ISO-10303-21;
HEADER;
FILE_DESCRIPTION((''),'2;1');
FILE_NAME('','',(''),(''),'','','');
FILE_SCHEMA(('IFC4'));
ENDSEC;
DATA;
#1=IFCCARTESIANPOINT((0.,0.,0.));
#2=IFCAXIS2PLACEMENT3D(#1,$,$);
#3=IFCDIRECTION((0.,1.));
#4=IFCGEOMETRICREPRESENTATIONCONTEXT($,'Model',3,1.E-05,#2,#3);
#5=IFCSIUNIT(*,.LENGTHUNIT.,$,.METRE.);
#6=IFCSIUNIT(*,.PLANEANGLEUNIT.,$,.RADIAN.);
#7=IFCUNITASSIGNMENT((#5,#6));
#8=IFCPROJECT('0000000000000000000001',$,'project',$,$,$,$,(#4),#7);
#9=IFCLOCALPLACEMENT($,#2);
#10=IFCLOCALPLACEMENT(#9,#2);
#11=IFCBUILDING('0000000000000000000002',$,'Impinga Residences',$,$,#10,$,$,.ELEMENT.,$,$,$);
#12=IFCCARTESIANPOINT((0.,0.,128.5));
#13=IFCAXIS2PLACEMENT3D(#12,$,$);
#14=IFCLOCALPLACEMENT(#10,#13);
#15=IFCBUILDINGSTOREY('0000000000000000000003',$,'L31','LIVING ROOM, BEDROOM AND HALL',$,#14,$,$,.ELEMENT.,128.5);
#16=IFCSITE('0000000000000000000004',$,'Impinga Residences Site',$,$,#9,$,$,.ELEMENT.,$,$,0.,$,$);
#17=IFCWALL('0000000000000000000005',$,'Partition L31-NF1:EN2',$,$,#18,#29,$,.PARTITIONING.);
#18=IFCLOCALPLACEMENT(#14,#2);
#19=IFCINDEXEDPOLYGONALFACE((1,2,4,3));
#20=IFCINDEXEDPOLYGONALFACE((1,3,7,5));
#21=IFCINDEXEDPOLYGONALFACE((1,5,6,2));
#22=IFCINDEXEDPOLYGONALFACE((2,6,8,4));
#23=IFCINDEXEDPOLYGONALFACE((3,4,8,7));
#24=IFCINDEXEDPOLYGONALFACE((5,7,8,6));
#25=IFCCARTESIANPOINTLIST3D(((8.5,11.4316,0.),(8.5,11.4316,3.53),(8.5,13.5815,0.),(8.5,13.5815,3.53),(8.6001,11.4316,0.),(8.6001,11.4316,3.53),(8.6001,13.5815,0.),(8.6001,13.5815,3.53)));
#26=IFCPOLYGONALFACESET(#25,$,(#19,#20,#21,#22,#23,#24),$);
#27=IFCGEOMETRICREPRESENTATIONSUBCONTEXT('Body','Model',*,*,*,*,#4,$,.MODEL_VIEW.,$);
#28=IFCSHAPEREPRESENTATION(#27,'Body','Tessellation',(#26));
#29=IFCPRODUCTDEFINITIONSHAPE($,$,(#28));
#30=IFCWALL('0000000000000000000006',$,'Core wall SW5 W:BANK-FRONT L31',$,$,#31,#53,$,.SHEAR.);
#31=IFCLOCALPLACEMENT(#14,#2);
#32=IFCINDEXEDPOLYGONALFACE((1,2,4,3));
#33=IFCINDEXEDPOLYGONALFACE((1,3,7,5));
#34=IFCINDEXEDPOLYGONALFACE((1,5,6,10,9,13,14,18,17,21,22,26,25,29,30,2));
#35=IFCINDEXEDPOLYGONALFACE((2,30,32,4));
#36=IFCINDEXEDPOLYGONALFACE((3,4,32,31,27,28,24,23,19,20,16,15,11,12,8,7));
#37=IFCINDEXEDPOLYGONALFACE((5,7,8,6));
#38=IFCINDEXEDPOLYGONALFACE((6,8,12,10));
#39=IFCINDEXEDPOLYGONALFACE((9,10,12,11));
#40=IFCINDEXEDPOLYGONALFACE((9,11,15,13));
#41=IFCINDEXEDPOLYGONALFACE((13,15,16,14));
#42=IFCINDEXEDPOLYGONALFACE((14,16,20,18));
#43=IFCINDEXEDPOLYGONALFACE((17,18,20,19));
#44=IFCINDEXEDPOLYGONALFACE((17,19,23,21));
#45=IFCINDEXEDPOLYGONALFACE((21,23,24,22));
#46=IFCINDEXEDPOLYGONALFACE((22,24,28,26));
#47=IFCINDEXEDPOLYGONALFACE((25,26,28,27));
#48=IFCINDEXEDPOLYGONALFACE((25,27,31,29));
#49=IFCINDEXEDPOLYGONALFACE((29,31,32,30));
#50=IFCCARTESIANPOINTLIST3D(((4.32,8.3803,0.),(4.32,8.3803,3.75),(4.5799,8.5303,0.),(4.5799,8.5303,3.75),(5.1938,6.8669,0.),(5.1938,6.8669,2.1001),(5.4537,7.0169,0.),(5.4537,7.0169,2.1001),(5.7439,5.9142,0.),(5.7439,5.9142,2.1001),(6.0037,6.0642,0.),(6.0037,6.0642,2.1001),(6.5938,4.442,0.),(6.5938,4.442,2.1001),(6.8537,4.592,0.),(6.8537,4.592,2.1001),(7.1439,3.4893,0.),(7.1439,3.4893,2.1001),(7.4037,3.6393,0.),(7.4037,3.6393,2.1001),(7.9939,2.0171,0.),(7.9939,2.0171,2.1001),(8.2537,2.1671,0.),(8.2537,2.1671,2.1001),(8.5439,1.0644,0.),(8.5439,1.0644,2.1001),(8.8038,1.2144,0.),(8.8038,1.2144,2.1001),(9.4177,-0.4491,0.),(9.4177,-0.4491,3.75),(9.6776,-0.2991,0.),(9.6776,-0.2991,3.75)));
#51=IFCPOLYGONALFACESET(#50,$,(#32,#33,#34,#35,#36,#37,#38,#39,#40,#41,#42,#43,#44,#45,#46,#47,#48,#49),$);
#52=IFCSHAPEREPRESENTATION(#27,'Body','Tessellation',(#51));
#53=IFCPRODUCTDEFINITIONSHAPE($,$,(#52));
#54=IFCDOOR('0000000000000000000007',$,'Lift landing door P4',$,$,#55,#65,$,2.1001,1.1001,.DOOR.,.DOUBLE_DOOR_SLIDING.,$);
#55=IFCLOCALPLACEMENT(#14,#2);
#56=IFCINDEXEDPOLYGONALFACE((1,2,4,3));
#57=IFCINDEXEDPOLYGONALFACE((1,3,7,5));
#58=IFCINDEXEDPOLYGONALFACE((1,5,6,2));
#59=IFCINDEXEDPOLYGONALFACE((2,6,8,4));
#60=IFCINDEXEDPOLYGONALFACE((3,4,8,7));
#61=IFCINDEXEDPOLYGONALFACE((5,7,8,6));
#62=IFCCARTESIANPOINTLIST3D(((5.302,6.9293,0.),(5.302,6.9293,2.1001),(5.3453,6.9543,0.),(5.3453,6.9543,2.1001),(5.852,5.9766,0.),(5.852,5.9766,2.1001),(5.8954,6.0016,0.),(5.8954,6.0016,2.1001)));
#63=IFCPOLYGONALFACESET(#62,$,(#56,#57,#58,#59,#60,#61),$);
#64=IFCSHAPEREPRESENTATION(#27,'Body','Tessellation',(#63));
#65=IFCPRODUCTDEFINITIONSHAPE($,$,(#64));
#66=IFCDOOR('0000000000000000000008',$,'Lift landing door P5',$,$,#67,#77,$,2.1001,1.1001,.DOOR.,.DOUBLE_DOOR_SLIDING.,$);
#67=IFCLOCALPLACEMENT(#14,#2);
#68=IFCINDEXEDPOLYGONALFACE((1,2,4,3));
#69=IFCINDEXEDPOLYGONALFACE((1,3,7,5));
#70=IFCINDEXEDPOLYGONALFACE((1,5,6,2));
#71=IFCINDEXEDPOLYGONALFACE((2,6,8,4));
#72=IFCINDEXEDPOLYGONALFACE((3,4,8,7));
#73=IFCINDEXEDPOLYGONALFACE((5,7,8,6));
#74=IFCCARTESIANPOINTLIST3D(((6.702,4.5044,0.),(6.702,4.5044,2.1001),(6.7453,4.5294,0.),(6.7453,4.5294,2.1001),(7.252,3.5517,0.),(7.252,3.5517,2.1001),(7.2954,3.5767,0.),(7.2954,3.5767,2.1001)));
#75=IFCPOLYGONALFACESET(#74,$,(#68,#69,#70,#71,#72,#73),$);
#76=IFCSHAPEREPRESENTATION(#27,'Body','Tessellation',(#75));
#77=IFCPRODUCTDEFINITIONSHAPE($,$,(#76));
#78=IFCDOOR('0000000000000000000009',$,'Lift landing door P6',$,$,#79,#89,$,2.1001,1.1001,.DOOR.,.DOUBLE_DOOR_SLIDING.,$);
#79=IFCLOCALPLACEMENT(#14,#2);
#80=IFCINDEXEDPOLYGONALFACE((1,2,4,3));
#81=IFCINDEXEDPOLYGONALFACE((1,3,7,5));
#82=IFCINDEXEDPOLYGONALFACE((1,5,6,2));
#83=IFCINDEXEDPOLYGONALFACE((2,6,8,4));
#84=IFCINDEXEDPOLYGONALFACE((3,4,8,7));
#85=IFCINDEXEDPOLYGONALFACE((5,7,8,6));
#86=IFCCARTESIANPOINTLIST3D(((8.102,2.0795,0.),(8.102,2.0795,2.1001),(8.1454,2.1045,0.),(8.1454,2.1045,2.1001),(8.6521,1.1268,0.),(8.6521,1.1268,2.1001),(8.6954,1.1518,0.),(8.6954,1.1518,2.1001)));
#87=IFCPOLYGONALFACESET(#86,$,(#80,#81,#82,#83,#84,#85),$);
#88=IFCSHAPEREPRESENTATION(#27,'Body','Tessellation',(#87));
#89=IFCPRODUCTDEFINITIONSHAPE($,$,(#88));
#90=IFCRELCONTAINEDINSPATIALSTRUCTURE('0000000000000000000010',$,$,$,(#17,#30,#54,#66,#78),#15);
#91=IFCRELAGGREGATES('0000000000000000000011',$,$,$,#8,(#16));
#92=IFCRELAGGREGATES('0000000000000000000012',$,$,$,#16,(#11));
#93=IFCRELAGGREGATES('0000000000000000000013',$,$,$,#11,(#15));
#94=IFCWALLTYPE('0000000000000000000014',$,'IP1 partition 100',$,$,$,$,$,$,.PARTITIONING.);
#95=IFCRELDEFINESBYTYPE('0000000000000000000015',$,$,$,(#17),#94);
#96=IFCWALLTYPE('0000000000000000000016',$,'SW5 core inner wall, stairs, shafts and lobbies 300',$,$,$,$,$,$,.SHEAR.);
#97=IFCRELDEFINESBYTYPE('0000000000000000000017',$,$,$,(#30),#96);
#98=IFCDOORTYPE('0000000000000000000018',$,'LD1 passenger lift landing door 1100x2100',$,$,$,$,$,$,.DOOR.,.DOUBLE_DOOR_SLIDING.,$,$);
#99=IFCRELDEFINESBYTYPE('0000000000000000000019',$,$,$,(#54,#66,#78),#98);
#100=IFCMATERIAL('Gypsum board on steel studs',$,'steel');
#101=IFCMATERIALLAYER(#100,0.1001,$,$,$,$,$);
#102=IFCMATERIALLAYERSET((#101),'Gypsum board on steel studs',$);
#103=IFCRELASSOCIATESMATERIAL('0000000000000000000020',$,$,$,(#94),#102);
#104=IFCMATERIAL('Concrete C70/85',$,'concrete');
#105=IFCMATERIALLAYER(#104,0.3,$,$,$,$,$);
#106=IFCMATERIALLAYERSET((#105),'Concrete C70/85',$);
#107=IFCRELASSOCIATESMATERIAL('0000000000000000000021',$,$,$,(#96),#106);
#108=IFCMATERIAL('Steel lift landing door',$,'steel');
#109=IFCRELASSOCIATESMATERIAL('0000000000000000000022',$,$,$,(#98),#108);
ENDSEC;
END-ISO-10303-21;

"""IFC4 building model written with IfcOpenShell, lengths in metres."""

from ifc_helpers import new_model, si_unit, direction, frame, frame_2d, origin, place, context, subcontext, project, spatial, rectangle, extrude, material, layer, layer_set, type_object, element, fill, save


model = new_model("IFC4")

# Units and contexts
model_context = context("Model", 3, precision=1e-05, world=origin(), true_north=direction((0.0, 1.0)))
body_context = subcontext(model_context, "Body", "Model", "MODEL_VIEW")
ifc_project = project(units=[si_unit("LENGTHUNIT", "METRE"), si_unit("PLANEANGLEUNIT", "RADIAN")], contexts=[model_context])

# Site, building, storey
site_placement = place(None, origin())
site = spatial("IfcSite", under=ifc_project, at=site_placement, Name="Impinga Residences Site", CompositionType="ELEMENT", RefElevation=0.0)
building_placement = place(site_placement, origin())
building = spatial("IfcBuilding", under=site, at=building_placement, Name="Impinga Residences", CompositionType="ELEMENT")
storey_placement = place(building_placement, frame((0.0, 0.0, 128.5)))
storey = spatial("IfcBuildingStorey", under=building, at=storey_placement, Name="L31", Description="LIVING ROOM, BEDROOM AND HALL", CompositionType="ELEMENT", Elevation=128.5)

# Shared definitions
ifc_material_1 = material(Name="Gypsum board on steel studs", Category="steel")
ifc_layer_1 = layer(ifc_material_1, 0.1001)
ifc_layer_set_1 = layer_set([ifc_layer_1], Name="Gypsum board on steel studs")
wall_type_1 = type_object("IfcWallType", Name="IP1 partition 100", PredefinedType="PARTITIONING", material=ifc_layer_set_1)

# Wall
wall_1_placement = place(storey_placement, frame((8.55, 11.4316, 0.0), z_axis=(0.0, 0.0, 1.0), x_axis=(0.0, 1.0, 0.0)))
element("IfcWall", 1, at=wall_1_placement, inside=storey, type_object=wall_type_1, Name="Partition L31-NF1:EN2", PredefinedType="PARTITIONING", context=body_context, shape_type="SweptSolid", body=[
    extrude(rectangle(XDim=2.1499, YDim=0.1001, at=frame_2d((1.075, 0.0))), origin(), (0.0, 0.0, 1.0), 3.53),
])

# Wall, openings, doors
ifc_material_2 = material(Name="Concrete C70/85", Category="concrete")
ifc_layer_2 = layer(ifc_material_2, 0.3)
ifc_layer_set_2 = layer_set([ifc_layer_2], Name="Concrete C70/85")
wall_type_2 = type_object("IfcWallType", Name="SW5 core inner wall, stairs, shafts and lobbies 300", PredefinedType="SHEAR", material=ifc_layer_set_2)
wall_2_placement = place(storey_placement, frame((4.45, 8.4553, 0.0), z_axis=(0.0, 0.0, 1.0), x_axis=(0.500002, -0.866024, 0.0)))
wall_2 = element("IfcWall", 2, at=wall_2_placement, inside=storey, type_object=wall_type_2, Name="Core wall SW5 W:BANK-FRONT L31", PredefinedType="SHEAR", context=body_context, shape_type="SweptSolid", body=[
    extrude(rectangle(XDim=10.1953, YDim=0.3, at=frame_2d((5.0977, 0.0))), origin(), (0.0, 0.0, 1.0), 3.75),
])
opening_1_placement = place(wall_2_placement, frame((1.7476, 0.0, 0.0)))
opening_1 = element("IfcOpeningElement", 3, at=opening_1_placement, cuts=wall_2, PredefinedType="OPENING", context=body_context, shape_type="SweptSolid", body=[
    extrude(rectangle(XDim=1.1001, YDim=2.1001, at=frame_2d((0.55, 1.05))), frame((0.0, 0.1599, 0.0), z_axis=(0.0, -1.0, 0.0), x_axis=(1.0, 0.0, 0.0)), (0.0, 0.0, 1.0), 0.3201),
])
opening_2_placement = place(wall_2_placement, frame((4.5476, 0.0, 0.0)))
opening_2 = element("IfcOpeningElement", 4, at=opening_2_placement, cuts=wall_2, PredefinedType="OPENING", context=body_context, shape_type="SweptSolid", body=[
    extrude(rectangle(XDim=1.1001, YDim=2.1001, at=frame_2d((0.55, 1.05))), frame((0.0, 0.1599, 0.0), z_axis=(0.0, -1.0, 0.0), x_axis=(1.0, 0.0, 0.0)), (0.0, 0.0, 1.0), 0.3201),
])
opening_3_placement = place(wall_2_placement, frame((7.3477, 0.0, 0.0)))
opening_3 = element("IfcOpeningElement", 5, at=opening_3_placement, cuts=wall_2, PredefinedType="OPENING", context=body_context, shape_type="SweptSolid", body=[
    extrude(rectangle(XDim=1.1001, YDim=2.1001, at=frame_2d((0.55, 1.05))), frame((0.0, 0.1599, 0.0), z_axis=(0.0, -1.0, 0.0), x_axis=(1.0, 0.0, 0.0)), (0.0, 0.0, 1.0), 0.3201),
])
ifc_material_3 = material(Name="Steel lift landing door", Category="steel")
door_type_1 = type_object("IfcDoorType", Name="LD1 passenger lift landing door 1100x2100", OperationType="DOUBLE_DOOR_SLIDING", PredefinedType="DOOR", material=ifc_material_3)
door_1_placement = place(opening_1_placement, origin())
door_1 = element("IfcDoor", 6, at=door_1_placement, inside=storey, type_object=door_type_1, Name="Lift landing door P4", OperationType="DOUBLE_DOOR_SLIDING", OverallHeight=2.1001, OverallWidth=1.1001, PredefinedType="DOOR", context=body_context, shape_type="SweptSolid", body=[
    extrude(rectangle(XDim=1.1001, YDim=2.1001, at=frame_2d((0.55, 1.05))), frame((0.0, 0.0249, 0.0), z_axis=(0.0, -1.0, 0.0), x_axis=(1.0, 0.0, 0.0)), (0.0, 0.0, 1.0), 0.05),
])
fill(opening_1, door_1)
door_2_placement = place(opening_2_placement, origin())
door_2 = element("IfcDoor", 7, at=door_2_placement, inside=storey, type_object=door_type_1, Name="Lift landing door P5", OperationType="DOUBLE_DOOR_SLIDING", OverallHeight=2.1001, OverallWidth=1.1001, PredefinedType="DOOR", context=body_context, shape_type="SweptSolid", body=[
    extrude(rectangle(XDim=1.1001, YDim=2.1001, at=frame_2d((0.55, 1.05))), frame((0.0, 0.0249, 0.0), z_axis=(0.0, -1.0, 0.0), x_axis=(1.0, 0.0, 0.0)), (0.0, 0.0, 1.0), 0.05),
])
fill(opening_2, door_2)
door_3_placement = place(opening_3_placement, origin())
door_3 = element("IfcDoor", 8, at=door_3_placement, inside=storey, type_object=door_type_1, Name="Lift landing door P6", OperationType="DOUBLE_DOOR_SLIDING", OverallHeight=2.1001, OverallWidth=1.1001, PredefinedType="DOOR", context=body_context, shape_type="SweptSolid", body=[
    extrude(rectangle(XDim=1.1001, YDim=2.1001, at=frame_2d((0.55, 1.05))), frame((0.0, 0.0249, 0.0), z_axis=(0.0, -1.0, 0.0), x_axis=(1.0, 0.0, 0.0)), (0.0, 0.0, 1.0), 0.05),
])
fill(opening_3, door_3)

save(model, "model.ifc")
